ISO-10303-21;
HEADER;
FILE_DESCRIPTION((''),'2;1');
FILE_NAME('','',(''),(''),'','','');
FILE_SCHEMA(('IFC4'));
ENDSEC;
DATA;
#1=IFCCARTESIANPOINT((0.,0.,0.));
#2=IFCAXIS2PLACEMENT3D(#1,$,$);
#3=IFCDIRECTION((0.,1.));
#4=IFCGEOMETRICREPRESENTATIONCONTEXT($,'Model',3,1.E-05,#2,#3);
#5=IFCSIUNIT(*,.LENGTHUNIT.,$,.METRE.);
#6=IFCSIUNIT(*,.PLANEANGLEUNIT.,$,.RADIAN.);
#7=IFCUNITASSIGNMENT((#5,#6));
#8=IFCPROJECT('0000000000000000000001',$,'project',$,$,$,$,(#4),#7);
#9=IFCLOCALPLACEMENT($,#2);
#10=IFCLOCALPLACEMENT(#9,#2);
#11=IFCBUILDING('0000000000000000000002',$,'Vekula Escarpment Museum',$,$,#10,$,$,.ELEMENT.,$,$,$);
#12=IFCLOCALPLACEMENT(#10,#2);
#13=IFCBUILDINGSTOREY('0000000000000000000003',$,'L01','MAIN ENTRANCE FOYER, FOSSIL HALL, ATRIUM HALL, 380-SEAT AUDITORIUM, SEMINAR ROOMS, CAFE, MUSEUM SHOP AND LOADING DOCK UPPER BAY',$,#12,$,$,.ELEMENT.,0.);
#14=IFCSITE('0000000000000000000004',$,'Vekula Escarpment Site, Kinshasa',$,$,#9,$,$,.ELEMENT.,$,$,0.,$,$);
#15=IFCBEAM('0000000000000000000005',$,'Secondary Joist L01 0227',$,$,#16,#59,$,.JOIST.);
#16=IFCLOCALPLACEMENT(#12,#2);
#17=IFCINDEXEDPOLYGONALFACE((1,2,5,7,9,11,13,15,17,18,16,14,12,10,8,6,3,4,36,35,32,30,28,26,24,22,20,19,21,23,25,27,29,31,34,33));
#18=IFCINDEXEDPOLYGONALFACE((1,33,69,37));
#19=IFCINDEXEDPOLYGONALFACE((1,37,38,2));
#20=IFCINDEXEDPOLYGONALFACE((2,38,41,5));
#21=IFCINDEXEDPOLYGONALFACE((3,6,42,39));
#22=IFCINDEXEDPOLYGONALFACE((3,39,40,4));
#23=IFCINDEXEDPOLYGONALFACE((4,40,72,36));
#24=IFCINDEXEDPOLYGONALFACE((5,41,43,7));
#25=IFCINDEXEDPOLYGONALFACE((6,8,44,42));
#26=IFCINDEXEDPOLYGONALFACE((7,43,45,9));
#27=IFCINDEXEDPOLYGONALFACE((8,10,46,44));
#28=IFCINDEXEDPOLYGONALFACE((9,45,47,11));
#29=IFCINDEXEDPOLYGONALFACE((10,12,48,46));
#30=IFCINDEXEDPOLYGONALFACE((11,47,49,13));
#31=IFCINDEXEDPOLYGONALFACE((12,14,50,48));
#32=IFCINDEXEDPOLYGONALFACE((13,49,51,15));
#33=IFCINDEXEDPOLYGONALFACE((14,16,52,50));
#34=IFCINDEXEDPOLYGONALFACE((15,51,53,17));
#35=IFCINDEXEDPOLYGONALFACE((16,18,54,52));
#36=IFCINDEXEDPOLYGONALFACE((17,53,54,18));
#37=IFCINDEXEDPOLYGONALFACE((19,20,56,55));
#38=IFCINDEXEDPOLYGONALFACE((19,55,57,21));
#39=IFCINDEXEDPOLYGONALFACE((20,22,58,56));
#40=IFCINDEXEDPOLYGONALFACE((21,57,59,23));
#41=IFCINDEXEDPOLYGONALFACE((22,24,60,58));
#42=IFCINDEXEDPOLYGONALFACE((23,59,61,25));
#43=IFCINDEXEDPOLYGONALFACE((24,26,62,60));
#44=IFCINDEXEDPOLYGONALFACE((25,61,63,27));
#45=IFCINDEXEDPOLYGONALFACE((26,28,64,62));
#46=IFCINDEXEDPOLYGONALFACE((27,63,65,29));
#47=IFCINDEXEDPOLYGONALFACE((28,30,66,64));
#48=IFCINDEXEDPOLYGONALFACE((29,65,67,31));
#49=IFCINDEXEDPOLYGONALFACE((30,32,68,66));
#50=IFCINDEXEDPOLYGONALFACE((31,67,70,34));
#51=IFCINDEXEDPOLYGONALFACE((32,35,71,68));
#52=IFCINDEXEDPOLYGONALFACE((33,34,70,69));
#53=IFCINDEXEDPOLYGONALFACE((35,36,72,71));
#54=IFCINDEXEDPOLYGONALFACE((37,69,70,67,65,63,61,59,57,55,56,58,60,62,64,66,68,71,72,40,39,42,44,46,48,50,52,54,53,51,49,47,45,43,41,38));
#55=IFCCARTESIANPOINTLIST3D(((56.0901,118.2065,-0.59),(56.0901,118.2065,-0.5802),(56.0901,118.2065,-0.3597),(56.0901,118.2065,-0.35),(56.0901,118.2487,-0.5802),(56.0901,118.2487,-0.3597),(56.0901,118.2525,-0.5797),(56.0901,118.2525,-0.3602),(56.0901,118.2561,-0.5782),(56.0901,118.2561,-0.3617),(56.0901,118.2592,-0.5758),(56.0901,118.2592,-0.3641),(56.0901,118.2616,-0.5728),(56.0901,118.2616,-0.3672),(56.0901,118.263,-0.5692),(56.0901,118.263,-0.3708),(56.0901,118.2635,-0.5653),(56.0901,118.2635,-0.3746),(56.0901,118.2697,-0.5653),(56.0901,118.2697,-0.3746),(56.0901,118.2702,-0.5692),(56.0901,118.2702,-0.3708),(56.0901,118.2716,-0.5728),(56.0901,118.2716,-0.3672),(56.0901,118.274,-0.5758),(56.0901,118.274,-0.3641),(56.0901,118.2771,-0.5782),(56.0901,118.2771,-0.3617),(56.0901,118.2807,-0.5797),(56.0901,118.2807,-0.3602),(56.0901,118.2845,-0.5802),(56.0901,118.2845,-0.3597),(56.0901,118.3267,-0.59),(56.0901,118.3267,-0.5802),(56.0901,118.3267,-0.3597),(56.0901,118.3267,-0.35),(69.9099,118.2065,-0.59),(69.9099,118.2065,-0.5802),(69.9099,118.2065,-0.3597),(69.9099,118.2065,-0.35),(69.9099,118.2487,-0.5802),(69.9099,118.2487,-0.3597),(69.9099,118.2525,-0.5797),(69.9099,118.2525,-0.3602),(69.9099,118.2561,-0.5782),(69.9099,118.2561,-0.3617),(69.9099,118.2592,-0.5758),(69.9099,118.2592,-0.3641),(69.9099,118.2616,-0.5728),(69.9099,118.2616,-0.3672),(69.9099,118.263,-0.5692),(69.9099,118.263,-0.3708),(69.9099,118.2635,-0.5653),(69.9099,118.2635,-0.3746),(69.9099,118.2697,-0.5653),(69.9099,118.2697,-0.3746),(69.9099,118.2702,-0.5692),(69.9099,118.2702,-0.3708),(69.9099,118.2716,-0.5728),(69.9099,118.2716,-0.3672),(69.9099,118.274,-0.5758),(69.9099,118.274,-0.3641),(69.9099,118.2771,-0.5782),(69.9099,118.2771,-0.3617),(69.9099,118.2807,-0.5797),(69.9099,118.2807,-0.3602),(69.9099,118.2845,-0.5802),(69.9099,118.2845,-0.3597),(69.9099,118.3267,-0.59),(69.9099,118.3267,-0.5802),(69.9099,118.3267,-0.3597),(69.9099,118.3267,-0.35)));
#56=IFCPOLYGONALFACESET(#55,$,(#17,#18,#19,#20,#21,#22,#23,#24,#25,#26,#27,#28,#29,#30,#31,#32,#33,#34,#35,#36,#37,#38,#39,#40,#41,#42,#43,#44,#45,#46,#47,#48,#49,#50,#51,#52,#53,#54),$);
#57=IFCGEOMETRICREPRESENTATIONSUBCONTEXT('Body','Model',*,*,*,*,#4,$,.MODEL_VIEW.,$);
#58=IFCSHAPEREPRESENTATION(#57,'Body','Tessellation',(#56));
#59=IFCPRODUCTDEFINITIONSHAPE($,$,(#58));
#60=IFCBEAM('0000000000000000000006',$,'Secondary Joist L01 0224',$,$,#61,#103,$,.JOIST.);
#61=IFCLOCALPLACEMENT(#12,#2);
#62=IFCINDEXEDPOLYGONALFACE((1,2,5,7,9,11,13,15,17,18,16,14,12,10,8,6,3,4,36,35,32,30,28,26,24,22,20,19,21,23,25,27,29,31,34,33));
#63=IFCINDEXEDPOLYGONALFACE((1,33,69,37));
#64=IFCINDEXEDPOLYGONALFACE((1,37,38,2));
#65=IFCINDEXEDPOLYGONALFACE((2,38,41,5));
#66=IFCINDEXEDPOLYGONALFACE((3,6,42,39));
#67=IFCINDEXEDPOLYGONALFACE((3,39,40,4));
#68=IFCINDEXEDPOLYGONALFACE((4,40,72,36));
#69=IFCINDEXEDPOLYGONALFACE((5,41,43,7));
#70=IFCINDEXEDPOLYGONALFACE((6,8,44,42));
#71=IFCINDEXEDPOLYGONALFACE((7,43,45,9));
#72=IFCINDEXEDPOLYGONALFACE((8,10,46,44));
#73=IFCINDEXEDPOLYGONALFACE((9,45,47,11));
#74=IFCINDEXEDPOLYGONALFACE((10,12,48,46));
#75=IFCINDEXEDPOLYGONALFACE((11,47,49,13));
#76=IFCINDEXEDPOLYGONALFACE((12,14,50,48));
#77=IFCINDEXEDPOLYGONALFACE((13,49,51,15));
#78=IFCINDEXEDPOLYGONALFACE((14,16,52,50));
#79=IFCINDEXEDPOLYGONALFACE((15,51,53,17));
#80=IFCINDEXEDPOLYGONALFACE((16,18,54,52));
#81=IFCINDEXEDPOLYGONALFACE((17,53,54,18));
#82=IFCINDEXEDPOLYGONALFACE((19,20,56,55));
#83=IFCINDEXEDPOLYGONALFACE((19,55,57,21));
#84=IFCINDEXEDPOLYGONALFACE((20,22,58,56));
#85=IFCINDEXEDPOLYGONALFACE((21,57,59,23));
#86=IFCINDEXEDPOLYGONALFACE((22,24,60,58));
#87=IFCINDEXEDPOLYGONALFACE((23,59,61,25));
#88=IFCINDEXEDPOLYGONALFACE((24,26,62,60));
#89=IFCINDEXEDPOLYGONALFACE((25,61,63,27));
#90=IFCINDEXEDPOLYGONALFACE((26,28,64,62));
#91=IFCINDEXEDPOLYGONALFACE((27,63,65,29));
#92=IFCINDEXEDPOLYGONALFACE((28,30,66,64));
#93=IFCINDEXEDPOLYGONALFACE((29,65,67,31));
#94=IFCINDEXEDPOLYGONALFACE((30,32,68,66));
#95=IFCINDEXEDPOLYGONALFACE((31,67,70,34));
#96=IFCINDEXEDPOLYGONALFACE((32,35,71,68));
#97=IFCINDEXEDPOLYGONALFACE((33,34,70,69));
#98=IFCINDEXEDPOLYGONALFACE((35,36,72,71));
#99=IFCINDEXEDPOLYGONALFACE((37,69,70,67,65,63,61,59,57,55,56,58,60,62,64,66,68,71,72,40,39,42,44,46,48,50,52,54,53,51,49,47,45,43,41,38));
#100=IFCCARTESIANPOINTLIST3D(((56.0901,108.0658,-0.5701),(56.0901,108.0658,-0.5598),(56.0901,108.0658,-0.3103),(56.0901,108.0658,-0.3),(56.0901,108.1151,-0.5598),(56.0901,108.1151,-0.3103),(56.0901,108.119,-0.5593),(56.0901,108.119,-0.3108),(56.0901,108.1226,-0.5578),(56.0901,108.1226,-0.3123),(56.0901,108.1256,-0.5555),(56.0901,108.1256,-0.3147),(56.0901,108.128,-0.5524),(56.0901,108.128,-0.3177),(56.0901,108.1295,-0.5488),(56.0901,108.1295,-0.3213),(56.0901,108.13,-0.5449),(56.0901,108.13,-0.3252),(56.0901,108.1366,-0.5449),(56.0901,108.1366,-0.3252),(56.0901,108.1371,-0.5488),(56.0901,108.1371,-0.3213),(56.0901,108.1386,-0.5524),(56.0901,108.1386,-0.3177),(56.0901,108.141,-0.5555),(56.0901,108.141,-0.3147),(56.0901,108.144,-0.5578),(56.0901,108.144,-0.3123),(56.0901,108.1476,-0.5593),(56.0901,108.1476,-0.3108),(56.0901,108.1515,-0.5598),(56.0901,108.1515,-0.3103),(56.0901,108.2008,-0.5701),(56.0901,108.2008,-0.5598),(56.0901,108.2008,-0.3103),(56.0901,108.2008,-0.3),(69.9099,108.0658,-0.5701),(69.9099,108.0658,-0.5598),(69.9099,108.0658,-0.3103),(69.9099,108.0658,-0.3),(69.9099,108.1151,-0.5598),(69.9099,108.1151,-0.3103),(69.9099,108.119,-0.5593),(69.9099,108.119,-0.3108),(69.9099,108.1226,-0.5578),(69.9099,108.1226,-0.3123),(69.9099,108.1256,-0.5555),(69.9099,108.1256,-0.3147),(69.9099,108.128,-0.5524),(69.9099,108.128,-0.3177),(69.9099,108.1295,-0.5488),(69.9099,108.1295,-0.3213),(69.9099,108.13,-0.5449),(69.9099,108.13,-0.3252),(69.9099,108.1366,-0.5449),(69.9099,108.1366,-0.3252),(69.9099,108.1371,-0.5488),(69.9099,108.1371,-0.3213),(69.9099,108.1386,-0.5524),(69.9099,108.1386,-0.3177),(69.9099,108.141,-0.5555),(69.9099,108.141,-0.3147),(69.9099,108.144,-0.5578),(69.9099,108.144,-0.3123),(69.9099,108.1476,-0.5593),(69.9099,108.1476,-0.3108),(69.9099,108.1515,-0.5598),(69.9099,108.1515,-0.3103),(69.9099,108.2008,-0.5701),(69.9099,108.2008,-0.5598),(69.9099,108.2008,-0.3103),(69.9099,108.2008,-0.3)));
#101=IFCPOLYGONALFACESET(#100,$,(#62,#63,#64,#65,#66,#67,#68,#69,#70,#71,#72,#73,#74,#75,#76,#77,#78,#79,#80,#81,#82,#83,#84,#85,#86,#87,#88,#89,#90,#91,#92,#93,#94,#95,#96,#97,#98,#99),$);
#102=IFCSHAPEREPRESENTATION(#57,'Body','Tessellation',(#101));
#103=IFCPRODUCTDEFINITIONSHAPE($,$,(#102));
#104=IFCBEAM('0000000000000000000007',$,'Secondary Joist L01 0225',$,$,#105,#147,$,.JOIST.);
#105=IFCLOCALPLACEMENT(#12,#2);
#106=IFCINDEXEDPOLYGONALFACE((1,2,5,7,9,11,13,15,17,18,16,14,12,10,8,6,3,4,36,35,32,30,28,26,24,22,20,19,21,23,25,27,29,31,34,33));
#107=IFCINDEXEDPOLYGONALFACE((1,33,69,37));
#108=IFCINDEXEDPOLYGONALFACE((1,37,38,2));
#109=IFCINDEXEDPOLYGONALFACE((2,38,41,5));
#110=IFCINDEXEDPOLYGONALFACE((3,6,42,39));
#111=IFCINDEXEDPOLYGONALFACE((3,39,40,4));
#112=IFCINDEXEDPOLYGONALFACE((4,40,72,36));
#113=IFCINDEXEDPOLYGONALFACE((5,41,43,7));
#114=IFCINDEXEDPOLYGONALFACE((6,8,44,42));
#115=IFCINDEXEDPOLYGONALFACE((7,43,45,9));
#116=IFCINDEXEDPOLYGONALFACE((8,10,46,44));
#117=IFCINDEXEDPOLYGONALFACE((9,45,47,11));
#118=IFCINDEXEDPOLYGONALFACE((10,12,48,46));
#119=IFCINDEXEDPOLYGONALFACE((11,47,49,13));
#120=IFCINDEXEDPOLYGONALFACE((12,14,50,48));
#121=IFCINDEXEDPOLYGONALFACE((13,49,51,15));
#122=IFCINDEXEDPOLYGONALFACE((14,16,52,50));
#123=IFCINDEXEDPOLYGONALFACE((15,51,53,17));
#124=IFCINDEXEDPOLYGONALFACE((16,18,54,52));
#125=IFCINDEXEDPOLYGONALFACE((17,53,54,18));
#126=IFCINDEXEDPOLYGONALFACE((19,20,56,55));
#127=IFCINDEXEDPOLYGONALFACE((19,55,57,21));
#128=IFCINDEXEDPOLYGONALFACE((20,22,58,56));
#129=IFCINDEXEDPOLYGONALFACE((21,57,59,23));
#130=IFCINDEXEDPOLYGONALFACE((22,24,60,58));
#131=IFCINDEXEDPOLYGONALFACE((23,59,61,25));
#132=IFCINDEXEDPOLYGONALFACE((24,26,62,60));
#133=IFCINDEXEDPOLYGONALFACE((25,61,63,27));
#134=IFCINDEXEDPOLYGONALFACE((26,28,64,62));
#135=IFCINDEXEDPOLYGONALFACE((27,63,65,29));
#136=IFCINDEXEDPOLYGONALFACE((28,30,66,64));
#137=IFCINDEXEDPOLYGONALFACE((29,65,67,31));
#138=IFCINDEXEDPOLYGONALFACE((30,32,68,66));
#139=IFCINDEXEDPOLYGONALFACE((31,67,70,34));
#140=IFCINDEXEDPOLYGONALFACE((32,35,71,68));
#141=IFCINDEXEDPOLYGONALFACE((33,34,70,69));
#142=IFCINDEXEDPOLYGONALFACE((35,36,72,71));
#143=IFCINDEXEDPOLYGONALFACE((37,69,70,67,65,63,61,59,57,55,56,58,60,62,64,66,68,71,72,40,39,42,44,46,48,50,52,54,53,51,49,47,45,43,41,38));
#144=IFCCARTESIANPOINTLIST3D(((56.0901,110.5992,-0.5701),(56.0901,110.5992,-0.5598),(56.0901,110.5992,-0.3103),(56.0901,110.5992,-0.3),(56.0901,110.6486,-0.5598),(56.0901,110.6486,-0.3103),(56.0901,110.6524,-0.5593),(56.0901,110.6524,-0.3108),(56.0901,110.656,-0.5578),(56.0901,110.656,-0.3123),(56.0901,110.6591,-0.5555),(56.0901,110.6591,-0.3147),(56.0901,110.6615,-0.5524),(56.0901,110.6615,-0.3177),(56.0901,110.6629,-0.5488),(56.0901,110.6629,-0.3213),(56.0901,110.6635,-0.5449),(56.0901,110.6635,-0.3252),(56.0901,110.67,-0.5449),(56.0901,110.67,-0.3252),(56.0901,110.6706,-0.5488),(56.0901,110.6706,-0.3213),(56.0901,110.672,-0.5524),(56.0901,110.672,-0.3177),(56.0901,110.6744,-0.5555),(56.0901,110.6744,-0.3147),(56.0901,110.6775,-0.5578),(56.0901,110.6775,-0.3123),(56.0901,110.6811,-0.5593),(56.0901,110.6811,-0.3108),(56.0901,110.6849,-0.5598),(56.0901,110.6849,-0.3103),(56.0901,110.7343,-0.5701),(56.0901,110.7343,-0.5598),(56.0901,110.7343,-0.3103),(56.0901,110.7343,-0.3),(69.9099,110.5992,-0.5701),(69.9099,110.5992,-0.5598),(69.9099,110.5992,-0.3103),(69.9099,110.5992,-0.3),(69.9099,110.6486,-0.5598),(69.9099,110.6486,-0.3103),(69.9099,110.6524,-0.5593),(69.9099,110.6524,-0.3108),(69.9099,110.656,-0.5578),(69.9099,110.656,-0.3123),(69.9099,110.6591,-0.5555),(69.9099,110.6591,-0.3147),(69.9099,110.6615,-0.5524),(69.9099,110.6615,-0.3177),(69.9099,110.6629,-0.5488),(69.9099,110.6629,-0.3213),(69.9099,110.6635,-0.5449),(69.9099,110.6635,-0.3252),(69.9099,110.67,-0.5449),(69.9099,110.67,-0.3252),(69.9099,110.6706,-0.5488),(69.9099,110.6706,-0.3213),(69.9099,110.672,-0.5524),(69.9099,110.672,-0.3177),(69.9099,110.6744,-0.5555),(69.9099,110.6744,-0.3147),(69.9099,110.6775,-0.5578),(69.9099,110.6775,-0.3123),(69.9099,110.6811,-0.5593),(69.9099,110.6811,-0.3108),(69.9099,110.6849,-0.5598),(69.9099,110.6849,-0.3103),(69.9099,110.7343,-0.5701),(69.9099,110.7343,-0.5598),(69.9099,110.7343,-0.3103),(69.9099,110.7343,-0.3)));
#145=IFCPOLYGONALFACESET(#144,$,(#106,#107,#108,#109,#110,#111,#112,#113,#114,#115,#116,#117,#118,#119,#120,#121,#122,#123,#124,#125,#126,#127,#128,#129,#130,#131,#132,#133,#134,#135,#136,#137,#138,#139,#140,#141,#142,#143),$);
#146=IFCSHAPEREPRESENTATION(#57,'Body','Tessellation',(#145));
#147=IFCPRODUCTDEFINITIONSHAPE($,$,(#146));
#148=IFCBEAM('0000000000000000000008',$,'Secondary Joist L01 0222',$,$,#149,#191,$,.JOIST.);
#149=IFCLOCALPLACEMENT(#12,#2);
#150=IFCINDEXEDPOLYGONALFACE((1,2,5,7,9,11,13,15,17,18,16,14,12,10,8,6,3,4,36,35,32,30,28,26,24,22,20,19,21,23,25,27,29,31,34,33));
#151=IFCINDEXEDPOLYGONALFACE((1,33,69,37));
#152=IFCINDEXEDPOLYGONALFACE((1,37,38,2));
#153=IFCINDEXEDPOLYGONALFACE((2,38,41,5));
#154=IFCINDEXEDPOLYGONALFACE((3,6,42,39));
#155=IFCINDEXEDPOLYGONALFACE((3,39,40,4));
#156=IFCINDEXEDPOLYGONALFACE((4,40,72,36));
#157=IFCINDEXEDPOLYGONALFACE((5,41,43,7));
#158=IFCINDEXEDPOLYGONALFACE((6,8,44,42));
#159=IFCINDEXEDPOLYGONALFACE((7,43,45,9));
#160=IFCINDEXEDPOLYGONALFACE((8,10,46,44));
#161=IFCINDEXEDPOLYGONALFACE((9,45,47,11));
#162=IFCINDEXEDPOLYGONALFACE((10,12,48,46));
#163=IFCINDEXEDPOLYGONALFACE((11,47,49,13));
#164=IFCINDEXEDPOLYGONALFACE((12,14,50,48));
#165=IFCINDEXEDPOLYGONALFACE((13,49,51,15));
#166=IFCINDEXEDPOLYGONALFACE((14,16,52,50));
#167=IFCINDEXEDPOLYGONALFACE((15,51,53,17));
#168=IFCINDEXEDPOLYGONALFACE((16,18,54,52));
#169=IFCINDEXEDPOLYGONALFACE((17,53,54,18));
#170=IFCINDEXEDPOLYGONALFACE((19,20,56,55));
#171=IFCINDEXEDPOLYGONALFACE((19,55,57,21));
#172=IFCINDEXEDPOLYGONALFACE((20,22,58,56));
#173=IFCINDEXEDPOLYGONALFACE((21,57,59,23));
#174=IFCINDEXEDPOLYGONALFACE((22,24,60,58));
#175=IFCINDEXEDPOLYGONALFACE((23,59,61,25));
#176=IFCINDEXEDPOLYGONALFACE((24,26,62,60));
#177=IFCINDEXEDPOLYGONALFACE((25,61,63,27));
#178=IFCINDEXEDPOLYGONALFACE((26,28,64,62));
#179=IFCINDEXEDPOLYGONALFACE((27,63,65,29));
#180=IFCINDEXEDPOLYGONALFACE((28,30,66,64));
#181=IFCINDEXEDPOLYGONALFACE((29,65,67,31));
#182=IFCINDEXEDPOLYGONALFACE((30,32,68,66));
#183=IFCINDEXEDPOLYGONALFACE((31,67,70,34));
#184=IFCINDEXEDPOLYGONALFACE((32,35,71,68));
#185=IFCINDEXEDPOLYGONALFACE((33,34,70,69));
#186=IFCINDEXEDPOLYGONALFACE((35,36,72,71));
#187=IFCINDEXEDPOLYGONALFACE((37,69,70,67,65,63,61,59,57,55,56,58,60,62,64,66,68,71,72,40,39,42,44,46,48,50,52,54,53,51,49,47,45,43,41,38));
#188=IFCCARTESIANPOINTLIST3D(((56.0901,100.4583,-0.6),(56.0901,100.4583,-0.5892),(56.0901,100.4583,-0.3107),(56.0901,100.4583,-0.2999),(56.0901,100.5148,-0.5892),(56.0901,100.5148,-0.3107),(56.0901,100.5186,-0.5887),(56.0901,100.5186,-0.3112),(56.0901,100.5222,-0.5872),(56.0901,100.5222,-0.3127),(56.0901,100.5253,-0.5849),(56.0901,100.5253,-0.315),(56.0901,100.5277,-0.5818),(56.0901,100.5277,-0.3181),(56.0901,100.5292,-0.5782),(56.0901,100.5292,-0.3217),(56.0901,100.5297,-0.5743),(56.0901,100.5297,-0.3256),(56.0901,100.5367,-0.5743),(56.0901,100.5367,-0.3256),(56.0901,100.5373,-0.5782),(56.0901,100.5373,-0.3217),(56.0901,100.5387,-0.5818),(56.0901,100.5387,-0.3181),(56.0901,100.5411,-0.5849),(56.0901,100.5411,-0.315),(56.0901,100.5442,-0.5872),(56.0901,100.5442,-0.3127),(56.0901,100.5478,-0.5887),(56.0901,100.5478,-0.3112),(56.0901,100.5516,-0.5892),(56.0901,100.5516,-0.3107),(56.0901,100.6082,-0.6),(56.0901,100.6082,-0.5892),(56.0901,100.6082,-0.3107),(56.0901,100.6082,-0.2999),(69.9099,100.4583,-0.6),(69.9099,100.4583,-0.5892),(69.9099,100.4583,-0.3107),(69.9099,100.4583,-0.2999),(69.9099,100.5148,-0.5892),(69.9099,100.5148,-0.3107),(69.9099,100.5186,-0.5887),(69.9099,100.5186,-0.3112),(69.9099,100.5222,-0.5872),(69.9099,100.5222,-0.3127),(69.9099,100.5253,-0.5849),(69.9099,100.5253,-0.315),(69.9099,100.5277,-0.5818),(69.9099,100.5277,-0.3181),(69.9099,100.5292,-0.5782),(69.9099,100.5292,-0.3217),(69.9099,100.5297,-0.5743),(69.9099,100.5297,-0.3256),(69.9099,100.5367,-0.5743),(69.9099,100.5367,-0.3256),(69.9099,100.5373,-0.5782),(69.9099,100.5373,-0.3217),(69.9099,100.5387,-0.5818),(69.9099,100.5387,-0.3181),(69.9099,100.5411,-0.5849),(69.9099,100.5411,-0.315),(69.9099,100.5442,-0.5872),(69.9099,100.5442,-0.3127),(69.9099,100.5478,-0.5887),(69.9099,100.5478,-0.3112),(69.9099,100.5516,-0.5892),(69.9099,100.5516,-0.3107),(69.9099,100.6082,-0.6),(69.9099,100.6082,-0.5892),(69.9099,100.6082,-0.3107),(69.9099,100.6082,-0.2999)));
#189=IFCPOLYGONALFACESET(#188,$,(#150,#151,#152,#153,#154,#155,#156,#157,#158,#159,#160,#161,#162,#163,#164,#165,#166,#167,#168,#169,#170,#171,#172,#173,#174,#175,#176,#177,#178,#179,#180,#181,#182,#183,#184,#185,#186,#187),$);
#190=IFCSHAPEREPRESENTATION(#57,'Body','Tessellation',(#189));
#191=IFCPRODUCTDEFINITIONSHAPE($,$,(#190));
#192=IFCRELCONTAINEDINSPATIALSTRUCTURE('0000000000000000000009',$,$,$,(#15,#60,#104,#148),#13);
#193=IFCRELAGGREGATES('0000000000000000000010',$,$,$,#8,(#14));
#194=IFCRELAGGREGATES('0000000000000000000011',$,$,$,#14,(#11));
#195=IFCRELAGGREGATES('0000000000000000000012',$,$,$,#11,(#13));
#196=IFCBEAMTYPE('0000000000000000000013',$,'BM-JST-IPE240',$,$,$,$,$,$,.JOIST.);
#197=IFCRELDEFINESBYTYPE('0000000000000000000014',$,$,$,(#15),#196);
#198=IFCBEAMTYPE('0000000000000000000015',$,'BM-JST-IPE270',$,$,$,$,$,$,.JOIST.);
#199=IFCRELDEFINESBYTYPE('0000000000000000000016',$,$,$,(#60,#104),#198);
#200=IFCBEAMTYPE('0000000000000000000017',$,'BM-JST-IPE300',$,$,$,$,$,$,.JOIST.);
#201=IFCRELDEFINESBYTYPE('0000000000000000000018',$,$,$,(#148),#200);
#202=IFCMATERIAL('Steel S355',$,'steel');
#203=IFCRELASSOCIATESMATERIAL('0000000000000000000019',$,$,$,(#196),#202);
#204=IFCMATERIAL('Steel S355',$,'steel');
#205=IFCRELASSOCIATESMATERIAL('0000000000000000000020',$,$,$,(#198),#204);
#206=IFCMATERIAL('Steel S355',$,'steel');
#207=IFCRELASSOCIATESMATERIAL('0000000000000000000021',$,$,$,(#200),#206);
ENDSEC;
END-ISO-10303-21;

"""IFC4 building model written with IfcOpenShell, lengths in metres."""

from ifc_helpers import new_model, si_unit, direction, frame, origin, origin_2d, place, context, subcontext, project, spatial, i_section, extrude, material, material_profile, profile_set, type_object, element, save


model = new_model("IFC4")

# Units and contexts
model_context = context("Model", 3, precision=1e-05, world=origin(), true_north=direction((0.0, 1.0)))
body_context = subcontext(model_context, "Body", "Model", "MODEL_VIEW")
ifc_project = project(units=[si_unit("LENGTHUNIT", "METRE"), si_unit("PLANEANGLEUNIT", "RADIAN")], contexts=[model_context])

# Site, building, storey
site_placement = place(None, origin())
site = spatial("IfcSite", under=ifc_project, at=site_placement, Name="Vekula Escarpment Site, Kinshasa", CompositionType="ELEMENT", RefElevation=0.0)
building_placement = place(site_placement, origin())
building = spatial("IfcBuilding", under=site, at=building_placement, Name="Vekula Escarpment Museum", CompositionType="ELEMENT")
storey_placement = place(building_placement, origin())
storey = spatial("IfcBuildingStorey", under=building, at=storey_placement, Name="L01", Description="MAIN ENTRANCE FOYER, FOSSIL HALL, ATRIUM HALL, 380-SEAT AUDITORIUM, SEMINAR ROOMS, CAFE, MUSEUM SHOP AND LOADING DOCK UPPER BAY", CompositionType="ELEMENT", Elevation=0.0)

# Beams
ifc_material_1 = material(Name="Steel S355", Category="steel")
ifc_material_profile_1 = material_profile(ifc_material_1, i_section(OverallWidth=0.1201, OverallDepth=0.24, WebThickness=0.0061, FlangeThickness=0.0098, FilletRadius=0.0149, at=origin_2d()), Name="IPE 240")
ifc_profile_set_1 = profile_set([ifc_material_profile_1], Name="Steel S355")
beam_type_1 = type_object("IfcBeamType", Name="BM-JST-IPE240", PredefinedType="JOIST", material=ifc_profile_set_1)
for number, where, z_axis, x_axis, name in (
    (1, (56.0901, 118.2666, -0.47), (1.0, 0.0, 0.0), (0.0, 1.0, 0.0), "Secondary Joist L01 0227"),
):
    element("IfcBeam", number, at=place(storey_placement, frame(where, z_axis=z_axis, x_axis=x_axis)), inside=storey, type_object=beam_type_1, Name=name, PredefinedType="JOIST", context=body_context, shape_type="SweptSolid", body=[
        extrude(i_section(OverallWidth=0.1201, OverallDepth=0.24, WebThickness=0.0061, FlangeThickness=0.0098, FilletRadius=0.0149, at=origin_2d()), origin(), (0.0, 0.0, 1.0), 13.8198),
    ])
ifc_material_2 = material(Name="Steel S355", Category="steel")
ifc_material_profile_2 = material_profile(ifc_material_2, i_section(OverallWidth=0.135, OverallDepth=0.27, WebThickness=0.0066, FlangeThickness=0.0103, FilletRadius=0.0149, at=origin_2d()), Name="IPE 270")
ifc_profile_set_2 = profile_set([ifc_material_profile_2], Name="Steel S355")
beam_type_2 = type_object("IfcBeamType", Name="BM-JST-IPE270", PredefinedType="JOIST", material=ifc_profile_set_2)
for number, where, z_axis, x_axis, name in (
    (2, (56.0901, 108.1333, -0.4351), (1.0, 0.0, 0.0), (0.0, 1.0, 0.0), "Secondary Joist L01 0224"),
    (3, (56.0901, 110.6667, -0.4351), (1.0, 0.0, 0.0), (0.0, 1.0, 0.0), "Secondary Joist L01 0225"),
):
    element("IfcBeam", number, at=place(storey_placement, frame(where, z_axis=z_axis, x_axis=x_axis)), inside=storey, type_object=beam_type_2, Name=name, PredefinedType="JOIST", context=body_context, shape_type="SweptSolid", body=[
        extrude(i_section(OverallWidth=0.135, OverallDepth=0.27, WebThickness=0.0066, FlangeThickness=0.0103, FilletRadius=0.0149, at=origin_2d()), origin(), (0.0, 0.0, 1.0), 13.8198),
    ])
ifc_material_3 = material(Name="Steel S355", Category="steel")
ifc_material_profile_3 = material_profile(ifc_material_3, i_section(OverallWidth=0.1499, OverallDepth=0.3, WebThickness=0.0071, FlangeThickness=0.0107, FilletRadius=0.0149, at=origin_2d()), Name="IPE 300")
ifc_profile_set_3 = profile_set([ifc_material_profile_3], Name="Steel S355")
beam_type_3 = type_object("IfcBeamType", Name="BM-JST-IPE300", PredefinedType="JOIST", material=ifc_profile_set_3)
for number, where, z_axis, x_axis, name in (
    (4, (56.0901, 100.5332, -0.45), (1.0, 0.0, 0.0), (0.0, 1.0, 0.0), "Secondary Joist L01 0222"),
):
    element("IfcBeam", number, at=place(storey_placement, frame(where, z_axis=z_axis, x_axis=x_axis)), inside=storey, type_object=beam_type_3, Name=name, PredefinedType="JOIST", context=body_context, shape_type="SweptSolid", body=[
        extrude(i_section(OverallWidth=0.1499, OverallDepth=0.3, WebThickness=0.0071, FlangeThickness=0.0107, FilletRadius=0.0149, at=origin_2d()), origin(), (0.0, 0.0, 1.0), 13.8198),
    ])

save(model, "model.ifc")
